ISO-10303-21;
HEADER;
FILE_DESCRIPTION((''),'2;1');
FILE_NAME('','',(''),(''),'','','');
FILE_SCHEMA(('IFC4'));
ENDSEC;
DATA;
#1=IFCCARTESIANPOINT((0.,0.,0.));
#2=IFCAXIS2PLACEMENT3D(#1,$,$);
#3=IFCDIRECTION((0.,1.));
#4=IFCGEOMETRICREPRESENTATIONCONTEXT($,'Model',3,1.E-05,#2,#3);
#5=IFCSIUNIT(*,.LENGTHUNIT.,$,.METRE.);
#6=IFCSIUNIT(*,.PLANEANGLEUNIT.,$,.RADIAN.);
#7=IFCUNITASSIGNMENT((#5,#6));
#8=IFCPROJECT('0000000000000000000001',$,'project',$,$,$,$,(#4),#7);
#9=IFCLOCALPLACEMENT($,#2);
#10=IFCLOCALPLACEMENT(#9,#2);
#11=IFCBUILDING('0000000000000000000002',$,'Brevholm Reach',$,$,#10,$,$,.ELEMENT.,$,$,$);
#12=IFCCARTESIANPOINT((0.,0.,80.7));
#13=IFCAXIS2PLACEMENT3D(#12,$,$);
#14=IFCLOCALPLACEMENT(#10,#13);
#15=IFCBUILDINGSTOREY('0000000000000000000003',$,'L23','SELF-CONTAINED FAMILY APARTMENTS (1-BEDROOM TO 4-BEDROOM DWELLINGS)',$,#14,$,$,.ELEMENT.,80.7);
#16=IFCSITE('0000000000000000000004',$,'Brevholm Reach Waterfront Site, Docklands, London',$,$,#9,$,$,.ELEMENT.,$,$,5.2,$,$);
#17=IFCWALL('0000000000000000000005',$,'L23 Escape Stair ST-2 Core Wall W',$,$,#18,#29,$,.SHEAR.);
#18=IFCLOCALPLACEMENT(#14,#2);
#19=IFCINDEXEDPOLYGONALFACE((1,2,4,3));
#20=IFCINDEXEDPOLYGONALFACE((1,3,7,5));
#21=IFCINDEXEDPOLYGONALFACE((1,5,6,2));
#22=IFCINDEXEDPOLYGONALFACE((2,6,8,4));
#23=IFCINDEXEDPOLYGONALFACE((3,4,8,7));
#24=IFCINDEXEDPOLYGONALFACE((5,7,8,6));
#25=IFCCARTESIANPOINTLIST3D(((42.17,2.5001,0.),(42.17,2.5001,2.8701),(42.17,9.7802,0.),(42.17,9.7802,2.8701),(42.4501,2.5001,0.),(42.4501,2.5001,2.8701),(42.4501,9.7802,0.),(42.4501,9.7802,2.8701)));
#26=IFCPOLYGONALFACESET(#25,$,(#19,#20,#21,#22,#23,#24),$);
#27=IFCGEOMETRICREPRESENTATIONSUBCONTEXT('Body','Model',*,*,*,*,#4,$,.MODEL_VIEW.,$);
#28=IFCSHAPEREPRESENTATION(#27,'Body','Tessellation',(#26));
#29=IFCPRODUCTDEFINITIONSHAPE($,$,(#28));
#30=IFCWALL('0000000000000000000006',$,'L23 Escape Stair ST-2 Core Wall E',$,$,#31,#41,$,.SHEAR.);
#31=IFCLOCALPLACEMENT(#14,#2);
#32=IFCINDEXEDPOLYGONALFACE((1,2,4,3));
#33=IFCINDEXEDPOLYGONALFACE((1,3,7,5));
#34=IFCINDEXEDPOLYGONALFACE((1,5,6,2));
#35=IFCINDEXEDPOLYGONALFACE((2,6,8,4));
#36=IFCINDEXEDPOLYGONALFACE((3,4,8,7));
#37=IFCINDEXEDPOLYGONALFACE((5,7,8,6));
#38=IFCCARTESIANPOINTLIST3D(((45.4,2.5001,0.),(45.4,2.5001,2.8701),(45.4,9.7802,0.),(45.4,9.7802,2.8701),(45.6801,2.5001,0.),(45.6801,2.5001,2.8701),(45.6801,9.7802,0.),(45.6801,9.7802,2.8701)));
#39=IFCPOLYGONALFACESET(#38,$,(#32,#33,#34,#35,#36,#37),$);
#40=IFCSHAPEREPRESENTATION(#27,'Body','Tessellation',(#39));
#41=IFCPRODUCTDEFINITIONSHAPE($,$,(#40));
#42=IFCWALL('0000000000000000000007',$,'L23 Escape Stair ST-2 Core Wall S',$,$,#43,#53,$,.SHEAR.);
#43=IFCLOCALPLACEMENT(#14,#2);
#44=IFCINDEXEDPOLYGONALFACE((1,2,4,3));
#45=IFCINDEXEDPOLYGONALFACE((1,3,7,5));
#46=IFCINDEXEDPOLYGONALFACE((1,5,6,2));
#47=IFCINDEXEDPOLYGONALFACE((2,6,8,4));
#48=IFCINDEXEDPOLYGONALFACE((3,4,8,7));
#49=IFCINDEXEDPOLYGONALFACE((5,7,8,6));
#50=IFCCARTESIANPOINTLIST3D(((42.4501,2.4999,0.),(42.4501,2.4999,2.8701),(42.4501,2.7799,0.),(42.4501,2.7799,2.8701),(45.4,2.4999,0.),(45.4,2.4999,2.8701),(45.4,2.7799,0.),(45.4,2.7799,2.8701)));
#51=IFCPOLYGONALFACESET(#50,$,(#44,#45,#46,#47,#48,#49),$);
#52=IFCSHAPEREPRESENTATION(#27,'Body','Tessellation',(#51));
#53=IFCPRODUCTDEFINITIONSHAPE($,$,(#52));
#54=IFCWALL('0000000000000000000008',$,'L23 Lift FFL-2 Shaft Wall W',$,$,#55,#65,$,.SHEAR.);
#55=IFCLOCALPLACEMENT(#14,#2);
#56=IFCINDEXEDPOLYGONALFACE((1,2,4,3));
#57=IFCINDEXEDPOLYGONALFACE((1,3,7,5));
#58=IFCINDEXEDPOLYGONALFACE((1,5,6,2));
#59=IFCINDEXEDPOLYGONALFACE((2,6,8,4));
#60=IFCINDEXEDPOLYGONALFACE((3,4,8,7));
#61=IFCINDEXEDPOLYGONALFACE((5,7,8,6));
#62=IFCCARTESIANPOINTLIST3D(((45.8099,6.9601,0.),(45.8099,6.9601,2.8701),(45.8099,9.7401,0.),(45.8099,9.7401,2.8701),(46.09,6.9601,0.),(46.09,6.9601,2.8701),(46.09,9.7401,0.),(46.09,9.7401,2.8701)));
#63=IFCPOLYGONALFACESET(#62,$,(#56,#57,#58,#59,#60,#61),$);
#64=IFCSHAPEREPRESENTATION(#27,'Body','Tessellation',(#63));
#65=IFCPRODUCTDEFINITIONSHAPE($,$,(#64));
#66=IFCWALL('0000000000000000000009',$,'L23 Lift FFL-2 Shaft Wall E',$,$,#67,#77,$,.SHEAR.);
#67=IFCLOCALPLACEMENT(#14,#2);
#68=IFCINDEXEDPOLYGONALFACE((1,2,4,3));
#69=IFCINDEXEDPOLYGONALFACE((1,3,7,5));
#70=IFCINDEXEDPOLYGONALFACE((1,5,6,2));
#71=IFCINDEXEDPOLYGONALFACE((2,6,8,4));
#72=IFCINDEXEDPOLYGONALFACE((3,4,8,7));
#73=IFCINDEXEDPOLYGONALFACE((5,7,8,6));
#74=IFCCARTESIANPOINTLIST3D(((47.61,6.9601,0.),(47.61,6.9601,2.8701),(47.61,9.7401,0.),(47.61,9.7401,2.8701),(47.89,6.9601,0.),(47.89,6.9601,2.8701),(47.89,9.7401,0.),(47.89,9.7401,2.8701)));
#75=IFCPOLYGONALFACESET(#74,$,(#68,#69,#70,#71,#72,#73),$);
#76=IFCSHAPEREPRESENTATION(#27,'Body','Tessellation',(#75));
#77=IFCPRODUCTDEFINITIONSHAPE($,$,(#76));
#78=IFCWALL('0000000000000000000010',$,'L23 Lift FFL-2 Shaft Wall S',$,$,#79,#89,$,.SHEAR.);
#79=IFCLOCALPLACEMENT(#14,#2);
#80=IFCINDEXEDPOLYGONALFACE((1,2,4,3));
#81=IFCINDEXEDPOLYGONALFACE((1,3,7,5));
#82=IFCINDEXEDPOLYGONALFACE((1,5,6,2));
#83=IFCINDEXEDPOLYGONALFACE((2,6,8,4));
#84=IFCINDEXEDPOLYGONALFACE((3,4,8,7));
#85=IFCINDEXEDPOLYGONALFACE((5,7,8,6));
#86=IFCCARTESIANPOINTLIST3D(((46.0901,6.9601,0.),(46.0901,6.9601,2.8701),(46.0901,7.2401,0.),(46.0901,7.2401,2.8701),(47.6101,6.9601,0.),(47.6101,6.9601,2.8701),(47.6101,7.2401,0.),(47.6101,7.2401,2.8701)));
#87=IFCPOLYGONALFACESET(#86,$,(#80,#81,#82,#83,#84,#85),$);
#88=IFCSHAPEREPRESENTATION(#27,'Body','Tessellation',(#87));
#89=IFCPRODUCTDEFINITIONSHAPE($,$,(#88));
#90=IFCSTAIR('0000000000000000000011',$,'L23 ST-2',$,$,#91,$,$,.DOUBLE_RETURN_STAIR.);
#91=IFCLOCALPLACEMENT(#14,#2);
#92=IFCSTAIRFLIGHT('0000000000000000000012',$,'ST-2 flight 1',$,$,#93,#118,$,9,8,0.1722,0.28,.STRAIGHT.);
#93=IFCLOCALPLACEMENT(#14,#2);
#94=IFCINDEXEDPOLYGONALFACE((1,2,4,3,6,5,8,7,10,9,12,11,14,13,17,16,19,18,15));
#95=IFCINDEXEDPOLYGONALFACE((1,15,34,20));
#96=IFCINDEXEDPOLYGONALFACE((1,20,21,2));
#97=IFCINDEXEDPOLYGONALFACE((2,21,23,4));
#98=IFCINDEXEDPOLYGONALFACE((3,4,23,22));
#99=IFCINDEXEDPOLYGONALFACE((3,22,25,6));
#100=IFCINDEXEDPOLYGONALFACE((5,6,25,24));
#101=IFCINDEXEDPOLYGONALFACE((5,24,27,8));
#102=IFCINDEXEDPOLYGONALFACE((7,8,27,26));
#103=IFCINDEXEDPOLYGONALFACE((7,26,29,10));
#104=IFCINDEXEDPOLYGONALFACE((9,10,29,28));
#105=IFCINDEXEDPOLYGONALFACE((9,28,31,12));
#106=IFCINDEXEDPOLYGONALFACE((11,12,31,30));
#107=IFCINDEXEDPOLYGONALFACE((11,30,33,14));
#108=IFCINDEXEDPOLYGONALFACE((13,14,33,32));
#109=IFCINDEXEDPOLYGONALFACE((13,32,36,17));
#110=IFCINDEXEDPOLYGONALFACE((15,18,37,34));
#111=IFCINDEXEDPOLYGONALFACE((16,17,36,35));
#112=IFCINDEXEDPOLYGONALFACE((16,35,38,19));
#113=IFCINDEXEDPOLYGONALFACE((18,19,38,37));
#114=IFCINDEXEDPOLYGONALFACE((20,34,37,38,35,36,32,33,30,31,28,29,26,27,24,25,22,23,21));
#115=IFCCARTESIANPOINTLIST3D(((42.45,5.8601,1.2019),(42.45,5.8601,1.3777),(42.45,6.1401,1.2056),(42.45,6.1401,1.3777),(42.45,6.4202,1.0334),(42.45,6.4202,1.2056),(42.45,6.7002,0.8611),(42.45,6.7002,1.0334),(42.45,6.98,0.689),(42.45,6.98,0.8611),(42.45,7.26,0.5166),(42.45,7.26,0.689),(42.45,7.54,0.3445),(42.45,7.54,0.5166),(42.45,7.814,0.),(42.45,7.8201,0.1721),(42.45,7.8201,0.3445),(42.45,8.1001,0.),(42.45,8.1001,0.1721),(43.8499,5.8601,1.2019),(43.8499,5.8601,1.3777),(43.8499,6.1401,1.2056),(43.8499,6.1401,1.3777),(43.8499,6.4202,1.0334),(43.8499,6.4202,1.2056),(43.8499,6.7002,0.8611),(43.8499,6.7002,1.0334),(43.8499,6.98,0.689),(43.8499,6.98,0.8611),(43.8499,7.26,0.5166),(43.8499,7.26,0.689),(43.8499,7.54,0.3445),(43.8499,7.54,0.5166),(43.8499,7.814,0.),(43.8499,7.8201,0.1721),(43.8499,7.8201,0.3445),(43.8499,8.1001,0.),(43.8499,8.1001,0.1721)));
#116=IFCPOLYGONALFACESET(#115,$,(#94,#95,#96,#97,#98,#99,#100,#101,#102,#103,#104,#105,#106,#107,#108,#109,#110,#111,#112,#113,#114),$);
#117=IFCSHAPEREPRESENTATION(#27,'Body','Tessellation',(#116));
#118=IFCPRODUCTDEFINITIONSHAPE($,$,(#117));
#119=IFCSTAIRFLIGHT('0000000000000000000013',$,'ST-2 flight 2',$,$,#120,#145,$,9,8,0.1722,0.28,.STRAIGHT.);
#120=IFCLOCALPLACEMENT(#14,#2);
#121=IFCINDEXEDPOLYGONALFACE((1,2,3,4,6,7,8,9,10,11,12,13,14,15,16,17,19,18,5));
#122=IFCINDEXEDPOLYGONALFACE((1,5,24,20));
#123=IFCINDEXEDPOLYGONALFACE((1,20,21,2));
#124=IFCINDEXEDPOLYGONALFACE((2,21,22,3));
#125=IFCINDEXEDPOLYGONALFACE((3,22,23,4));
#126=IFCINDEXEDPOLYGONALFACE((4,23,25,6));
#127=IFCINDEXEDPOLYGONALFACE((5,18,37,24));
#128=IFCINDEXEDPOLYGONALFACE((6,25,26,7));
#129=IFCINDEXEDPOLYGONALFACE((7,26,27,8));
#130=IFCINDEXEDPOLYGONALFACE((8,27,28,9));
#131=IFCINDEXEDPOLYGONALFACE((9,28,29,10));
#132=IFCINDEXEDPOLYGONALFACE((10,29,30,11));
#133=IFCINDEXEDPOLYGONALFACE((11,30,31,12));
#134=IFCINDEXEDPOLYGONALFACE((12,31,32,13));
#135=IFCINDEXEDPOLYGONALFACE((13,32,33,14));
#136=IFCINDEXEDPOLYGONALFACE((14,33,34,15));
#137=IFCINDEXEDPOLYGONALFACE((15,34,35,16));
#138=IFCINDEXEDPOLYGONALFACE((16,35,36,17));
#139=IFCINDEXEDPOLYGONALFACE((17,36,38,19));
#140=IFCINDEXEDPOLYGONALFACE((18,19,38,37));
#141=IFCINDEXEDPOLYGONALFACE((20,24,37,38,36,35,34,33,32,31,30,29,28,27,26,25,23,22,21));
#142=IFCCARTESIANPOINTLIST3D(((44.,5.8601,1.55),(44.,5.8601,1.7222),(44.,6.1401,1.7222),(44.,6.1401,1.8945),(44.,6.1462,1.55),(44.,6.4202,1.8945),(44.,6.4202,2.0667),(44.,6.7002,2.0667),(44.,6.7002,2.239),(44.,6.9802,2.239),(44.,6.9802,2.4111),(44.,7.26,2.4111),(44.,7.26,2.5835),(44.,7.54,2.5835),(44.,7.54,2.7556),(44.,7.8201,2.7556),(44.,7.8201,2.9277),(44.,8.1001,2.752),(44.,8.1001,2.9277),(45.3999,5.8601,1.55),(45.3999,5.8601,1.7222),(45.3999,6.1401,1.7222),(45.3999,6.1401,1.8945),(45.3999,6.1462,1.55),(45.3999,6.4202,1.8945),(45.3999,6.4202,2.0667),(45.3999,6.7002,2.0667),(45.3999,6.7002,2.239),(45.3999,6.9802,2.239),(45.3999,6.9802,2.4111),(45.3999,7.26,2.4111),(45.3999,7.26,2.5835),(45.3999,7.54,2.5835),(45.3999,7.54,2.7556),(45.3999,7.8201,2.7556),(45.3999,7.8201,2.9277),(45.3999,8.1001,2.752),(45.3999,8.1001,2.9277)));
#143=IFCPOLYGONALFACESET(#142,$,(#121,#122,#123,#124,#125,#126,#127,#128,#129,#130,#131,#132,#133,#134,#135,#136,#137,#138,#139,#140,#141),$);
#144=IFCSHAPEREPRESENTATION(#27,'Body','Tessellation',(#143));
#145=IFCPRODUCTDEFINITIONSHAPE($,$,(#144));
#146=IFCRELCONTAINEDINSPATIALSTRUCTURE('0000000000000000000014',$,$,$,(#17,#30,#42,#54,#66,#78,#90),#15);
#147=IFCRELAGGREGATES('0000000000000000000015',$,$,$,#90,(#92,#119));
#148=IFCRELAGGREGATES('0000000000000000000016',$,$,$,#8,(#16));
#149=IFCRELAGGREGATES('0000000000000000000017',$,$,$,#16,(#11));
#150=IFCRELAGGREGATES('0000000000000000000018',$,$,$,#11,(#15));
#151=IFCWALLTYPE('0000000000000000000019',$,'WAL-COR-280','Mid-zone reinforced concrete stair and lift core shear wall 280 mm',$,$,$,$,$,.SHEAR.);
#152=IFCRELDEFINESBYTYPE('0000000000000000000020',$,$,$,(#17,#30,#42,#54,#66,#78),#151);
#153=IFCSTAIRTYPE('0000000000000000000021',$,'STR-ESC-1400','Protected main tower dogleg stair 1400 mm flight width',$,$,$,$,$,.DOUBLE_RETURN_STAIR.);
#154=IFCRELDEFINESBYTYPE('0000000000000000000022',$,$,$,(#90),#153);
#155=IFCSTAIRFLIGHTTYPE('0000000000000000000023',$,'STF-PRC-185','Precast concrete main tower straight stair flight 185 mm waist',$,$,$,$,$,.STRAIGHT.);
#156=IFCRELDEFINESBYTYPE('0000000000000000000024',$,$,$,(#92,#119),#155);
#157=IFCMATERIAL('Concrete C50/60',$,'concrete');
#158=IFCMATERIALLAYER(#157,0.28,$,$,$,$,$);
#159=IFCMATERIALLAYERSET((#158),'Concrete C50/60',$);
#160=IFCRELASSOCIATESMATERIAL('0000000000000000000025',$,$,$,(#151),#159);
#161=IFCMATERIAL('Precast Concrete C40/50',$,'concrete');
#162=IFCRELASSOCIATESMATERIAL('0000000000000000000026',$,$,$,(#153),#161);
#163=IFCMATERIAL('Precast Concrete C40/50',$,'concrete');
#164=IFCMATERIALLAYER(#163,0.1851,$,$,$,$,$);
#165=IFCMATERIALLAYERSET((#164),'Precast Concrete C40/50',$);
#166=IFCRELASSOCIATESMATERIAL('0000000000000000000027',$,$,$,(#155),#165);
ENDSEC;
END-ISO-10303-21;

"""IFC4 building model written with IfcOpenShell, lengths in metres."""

from ifc_helpers import new_model, si_unit, direction, frame, frame_2d, origin, place, context, subcontext, project, spatial, polyline, rectangle, outline, extrude, material, layer, layer_set, type_object, element, aggregate, save


model = new_model("IFC4")

# Units and contexts
model_context = context("Model", 3, precision=1e-05, world=origin(), true_north=direction((0.0, 1.0)))
body_context = subcontext(model_context, "Body", "Model", "MODEL_VIEW")
ifc_project = project(units=[si_unit("LENGTHUNIT", "METRE"), si_unit("PLANEANGLEUNIT", "RADIAN")], contexts=[model_context])

# Site, building, storey
site_placement = place(None, origin())
site = spatial("IfcSite", under=ifc_project, at=site_placement, Name="Brevholm Reach Waterfront Site, Docklands, London", CompositionType="ELEMENT", RefElevation=5.2)
building_placement = place(site_placement, origin())
building = spatial("IfcBuilding", under=site, at=building_placement, Name="Brevholm Reach", CompositionType="ELEMENT")
storey_placement = place(building_placement, frame((0.0, 0.0, 80.7)))
storey = spatial("IfcBuildingStorey", under=building, at=storey_placement, Name="L23", Description="SELF-CONTAINED FAMILY APARTMENTS (1-BEDROOM TO 4-BEDROOM DWELLINGS)", CompositionType="ELEMENT", Elevation=80.7)

# Walls
ifc_material_1 = material(Name="Concrete C50/60", Category="concrete")
ifc_layer_1 = layer(ifc_material_1, 0.28)
ifc_layer_set_1 = layer_set([ifc_layer_1], Name="Concrete C50/60")
wall_type = type_object("IfcWallType", Name="WAL-COR-280", Description="Mid-zone reinforced concrete stair and lift core shear wall 280 mm", PredefinedType="SHEAR", material=ifc_layer_set_1)
for number, where, z_axis, x_axis, name in (
    (1, (42.3101, 2.5, 0.0), (0.0, 0.0, 1.0), (0.0, 1.0, 0.0), "L23 Escape Stair ST-2 Core Wall W"),
    (2, (45.54, 2.5, 0.0), (0.0, 0.0, 1.0), (0.0, 1.0, 0.0), "L23 Escape Stair ST-2 Core Wall E"),
):
    element("IfcWall", number, at=place(storey_placement, frame(where, z_axis=z_axis, x_axis=x_axis)), inside=storey, type_object=wall_type, Name=name, PredefinedType="SHEAR", context=body_context, shape_type="SweptSolid", body=[
        extrude(rectangle(XDim=7.28, YDim=0.28, at=frame_2d((3.6401, 0.0))), origin(), (0.0, 0.0, 1.0), 2.8701),
    ])
wall_1_placement = place(storey_placement, frame((42.45, 2.6399, 0.0), z_axis=(0.0, 0.0, 1.0), x_axis=(1.0, 0.0, 0.0)))
element("IfcWall", 3, at=wall_1_placement, inside=storey, type_object=wall_type, Name="L23 Escape Stair ST-2 Core Wall S", PredefinedType="SHEAR", context=body_context, shape_type="SweptSolid", body=[
    extrude(rectangle(XDim=2.95, YDim=0.28, at=frame_2d((1.4751, 0.0))), origin(), (0.0, 0.0, 1.0), 2.8701),
])
for number, where, z_axis, x_axis, name in (
    (4, (45.95, 6.96, 0.0), (0.0, 0.0, 1.0), (0.0, 1.0, 0.0), "L23 Lift FFL-2 Shaft Wall W"),
    (5, (47.75, 6.96, 0.0), (0.0, 0.0, 1.0), (0.0, 1.0, 0.0), "L23 Lift FFL-2 Shaft Wall E"),
):
    element("IfcWall", number, at=place(storey_placement, frame(where, z_axis=z_axis, x_axis=x_axis)), inside=storey, type_object=wall_type, Name=name, PredefinedType="SHEAR", context=body_context, shape_type="SweptSolid", body=[
        extrude(rectangle(XDim=2.78, YDim=0.28, at=frame_2d((1.3901, 0.0))), origin(), (0.0, 0.0, 1.0), 2.8701),
    ])
wall_2_placement = place(storey_placement, frame((46.0901, 7.1001, 0.0), z_axis=(0.0, 0.0, 1.0), x_axis=(1.0, 0.0, 0.0)))
element("IfcWall", 6, at=wall_2_placement, inside=storey, type_object=wall_type, Name="L23 Lift FFL-2 Shaft Wall S", PredefinedType="SHEAR", context=body_context, shape_type="SweptSolid", body=[
    extrude(rectangle(XDim=1.52, YDim=0.28, at=frame_2d((0.76, 0.0))), origin(), (0.0, 0.0, 1.0), 2.8701),
])

# Stair, stair flights
ifc_material_2 = material(Name="Precast Concrete C40/50", Category="concrete")
stair_type = type_object("IfcStairType", Name="STR-ESC-1400", Description="Protected main tower dogleg stair 1400 mm flight width", PredefinedType="DOUBLE_RETURN_STAIR", material=ifc_material_2)
stair_placement = place(storey_placement, origin())
stair = element("IfcStair", 7, at=stair_placement, inside=storey, type_object=stair_type, Name="L23 ST-2", PredefinedType="DOUBLE_RETURN_STAIR")
ifc_material_3 = material(Name="Precast Concrete C40/50", Category="concrete")
ifc_layer_2 = layer(ifc_material_3, 0.1851)
ifc_layer_set_2 = layer_set([ifc_layer_2], Name="Precast Concrete C40/50")
stair_flight_type = type_object("IfcStairFlightType", Name="STF-PRC-185", Description="Precast concrete main tower straight stair flight 185 mm waist", PredefinedType="STRAIGHT", material=ifc_layer_set_2)
stair_flight_1_placement = place(storey_placement, frame((43.1499, 8.1001, 0.0), z_axis=(0.0, 0.0, 1.0), x_axis=(0.0, -1.0, 0.0)))
stair_flight_1 = element("IfcStairFlight", 8, at=stair_flight_1_placement, type_object=stair_flight_type, Name="ST-2 flight 1", NumberOfRisers=9, NumberOfTreads=8, PredefinedType="STRAIGHT", RiserHeight=0.1722, TreadLength=0.28, context=body_context, shape_type="SweptSolid", body=[
    extrude(outline(polyline([(0.0, 0.0), (0.0, 0.1721), (0.28, 0.1721), (0.28, 0.3445), (0.5601, 0.3445), (0.5601, 0.5166), (0.8401, 0.5166), (0.8401, 0.689), (1.1201, 0.689), (1.1201, 0.8611), (1.3999, 0.8611), (1.3999, 1.0334), (1.6799, 1.0334), (1.6799, 1.2056), (1.96, 1.2056), (1.96, 1.3777), (2.24, 1.3777), (2.24, 1.55), (2.24, 1.2019), (0.2861, 0.0), (0.0, 0.0)])), frame((0.0, 0.7, 0.0), z_axis=(0.0, -1.0, 0.0), x_axis=(1.0, 0.0, 0.0)), (0.0, 0.0, 1.0), 1.3999),
])
stair_flight_2_placement = place(storey_placement, frame((44.7, 5.8601, 1.55), z_axis=(0.0, 0.0, 1.0), x_axis=(0.0, 1.0, 0.0)))
stair_flight_2 = element("IfcStairFlight", 9, at=stair_flight_2_placement, type_object=stair_flight_type, Name="ST-2 flight 2", NumberOfRisers=9, NumberOfTreads=8, PredefinedType="STRAIGHT", RiserHeight=0.1722, TreadLength=0.28, context=body_context, shape_type="SweptSolid", body=[
    extrude(outline(polyline([(0.0, 0.0), (0.0, 0.1721), (0.28, 0.1721), (0.28, 0.3445), (0.5601, 0.3445), (0.5601, 0.5166), (0.8401, 0.5166), (0.8401, 0.689), (1.1201, 0.689), (1.1201, 0.8611), (1.3999, 0.8611), (1.3999, 1.0334), (1.6799, 1.0334), (1.6799, 1.2056), (1.96, 1.2056), (1.96, 1.3777), (2.24, 1.3777), (2.24, 1.55), (2.24, 1.2019), (0.2861, 0.0), (0.0, 0.0)])), frame((0.0, 0.7, 0.0), z_axis=(0.0, -1.0, 0.0), x_axis=(1.0, 0.0, 0.0)), (0.0, 0.0, 1.0), 1.3999),
])
aggregate(stair, [stair_flight_1, stair_flight_2])

save(model, "model.ifc")
